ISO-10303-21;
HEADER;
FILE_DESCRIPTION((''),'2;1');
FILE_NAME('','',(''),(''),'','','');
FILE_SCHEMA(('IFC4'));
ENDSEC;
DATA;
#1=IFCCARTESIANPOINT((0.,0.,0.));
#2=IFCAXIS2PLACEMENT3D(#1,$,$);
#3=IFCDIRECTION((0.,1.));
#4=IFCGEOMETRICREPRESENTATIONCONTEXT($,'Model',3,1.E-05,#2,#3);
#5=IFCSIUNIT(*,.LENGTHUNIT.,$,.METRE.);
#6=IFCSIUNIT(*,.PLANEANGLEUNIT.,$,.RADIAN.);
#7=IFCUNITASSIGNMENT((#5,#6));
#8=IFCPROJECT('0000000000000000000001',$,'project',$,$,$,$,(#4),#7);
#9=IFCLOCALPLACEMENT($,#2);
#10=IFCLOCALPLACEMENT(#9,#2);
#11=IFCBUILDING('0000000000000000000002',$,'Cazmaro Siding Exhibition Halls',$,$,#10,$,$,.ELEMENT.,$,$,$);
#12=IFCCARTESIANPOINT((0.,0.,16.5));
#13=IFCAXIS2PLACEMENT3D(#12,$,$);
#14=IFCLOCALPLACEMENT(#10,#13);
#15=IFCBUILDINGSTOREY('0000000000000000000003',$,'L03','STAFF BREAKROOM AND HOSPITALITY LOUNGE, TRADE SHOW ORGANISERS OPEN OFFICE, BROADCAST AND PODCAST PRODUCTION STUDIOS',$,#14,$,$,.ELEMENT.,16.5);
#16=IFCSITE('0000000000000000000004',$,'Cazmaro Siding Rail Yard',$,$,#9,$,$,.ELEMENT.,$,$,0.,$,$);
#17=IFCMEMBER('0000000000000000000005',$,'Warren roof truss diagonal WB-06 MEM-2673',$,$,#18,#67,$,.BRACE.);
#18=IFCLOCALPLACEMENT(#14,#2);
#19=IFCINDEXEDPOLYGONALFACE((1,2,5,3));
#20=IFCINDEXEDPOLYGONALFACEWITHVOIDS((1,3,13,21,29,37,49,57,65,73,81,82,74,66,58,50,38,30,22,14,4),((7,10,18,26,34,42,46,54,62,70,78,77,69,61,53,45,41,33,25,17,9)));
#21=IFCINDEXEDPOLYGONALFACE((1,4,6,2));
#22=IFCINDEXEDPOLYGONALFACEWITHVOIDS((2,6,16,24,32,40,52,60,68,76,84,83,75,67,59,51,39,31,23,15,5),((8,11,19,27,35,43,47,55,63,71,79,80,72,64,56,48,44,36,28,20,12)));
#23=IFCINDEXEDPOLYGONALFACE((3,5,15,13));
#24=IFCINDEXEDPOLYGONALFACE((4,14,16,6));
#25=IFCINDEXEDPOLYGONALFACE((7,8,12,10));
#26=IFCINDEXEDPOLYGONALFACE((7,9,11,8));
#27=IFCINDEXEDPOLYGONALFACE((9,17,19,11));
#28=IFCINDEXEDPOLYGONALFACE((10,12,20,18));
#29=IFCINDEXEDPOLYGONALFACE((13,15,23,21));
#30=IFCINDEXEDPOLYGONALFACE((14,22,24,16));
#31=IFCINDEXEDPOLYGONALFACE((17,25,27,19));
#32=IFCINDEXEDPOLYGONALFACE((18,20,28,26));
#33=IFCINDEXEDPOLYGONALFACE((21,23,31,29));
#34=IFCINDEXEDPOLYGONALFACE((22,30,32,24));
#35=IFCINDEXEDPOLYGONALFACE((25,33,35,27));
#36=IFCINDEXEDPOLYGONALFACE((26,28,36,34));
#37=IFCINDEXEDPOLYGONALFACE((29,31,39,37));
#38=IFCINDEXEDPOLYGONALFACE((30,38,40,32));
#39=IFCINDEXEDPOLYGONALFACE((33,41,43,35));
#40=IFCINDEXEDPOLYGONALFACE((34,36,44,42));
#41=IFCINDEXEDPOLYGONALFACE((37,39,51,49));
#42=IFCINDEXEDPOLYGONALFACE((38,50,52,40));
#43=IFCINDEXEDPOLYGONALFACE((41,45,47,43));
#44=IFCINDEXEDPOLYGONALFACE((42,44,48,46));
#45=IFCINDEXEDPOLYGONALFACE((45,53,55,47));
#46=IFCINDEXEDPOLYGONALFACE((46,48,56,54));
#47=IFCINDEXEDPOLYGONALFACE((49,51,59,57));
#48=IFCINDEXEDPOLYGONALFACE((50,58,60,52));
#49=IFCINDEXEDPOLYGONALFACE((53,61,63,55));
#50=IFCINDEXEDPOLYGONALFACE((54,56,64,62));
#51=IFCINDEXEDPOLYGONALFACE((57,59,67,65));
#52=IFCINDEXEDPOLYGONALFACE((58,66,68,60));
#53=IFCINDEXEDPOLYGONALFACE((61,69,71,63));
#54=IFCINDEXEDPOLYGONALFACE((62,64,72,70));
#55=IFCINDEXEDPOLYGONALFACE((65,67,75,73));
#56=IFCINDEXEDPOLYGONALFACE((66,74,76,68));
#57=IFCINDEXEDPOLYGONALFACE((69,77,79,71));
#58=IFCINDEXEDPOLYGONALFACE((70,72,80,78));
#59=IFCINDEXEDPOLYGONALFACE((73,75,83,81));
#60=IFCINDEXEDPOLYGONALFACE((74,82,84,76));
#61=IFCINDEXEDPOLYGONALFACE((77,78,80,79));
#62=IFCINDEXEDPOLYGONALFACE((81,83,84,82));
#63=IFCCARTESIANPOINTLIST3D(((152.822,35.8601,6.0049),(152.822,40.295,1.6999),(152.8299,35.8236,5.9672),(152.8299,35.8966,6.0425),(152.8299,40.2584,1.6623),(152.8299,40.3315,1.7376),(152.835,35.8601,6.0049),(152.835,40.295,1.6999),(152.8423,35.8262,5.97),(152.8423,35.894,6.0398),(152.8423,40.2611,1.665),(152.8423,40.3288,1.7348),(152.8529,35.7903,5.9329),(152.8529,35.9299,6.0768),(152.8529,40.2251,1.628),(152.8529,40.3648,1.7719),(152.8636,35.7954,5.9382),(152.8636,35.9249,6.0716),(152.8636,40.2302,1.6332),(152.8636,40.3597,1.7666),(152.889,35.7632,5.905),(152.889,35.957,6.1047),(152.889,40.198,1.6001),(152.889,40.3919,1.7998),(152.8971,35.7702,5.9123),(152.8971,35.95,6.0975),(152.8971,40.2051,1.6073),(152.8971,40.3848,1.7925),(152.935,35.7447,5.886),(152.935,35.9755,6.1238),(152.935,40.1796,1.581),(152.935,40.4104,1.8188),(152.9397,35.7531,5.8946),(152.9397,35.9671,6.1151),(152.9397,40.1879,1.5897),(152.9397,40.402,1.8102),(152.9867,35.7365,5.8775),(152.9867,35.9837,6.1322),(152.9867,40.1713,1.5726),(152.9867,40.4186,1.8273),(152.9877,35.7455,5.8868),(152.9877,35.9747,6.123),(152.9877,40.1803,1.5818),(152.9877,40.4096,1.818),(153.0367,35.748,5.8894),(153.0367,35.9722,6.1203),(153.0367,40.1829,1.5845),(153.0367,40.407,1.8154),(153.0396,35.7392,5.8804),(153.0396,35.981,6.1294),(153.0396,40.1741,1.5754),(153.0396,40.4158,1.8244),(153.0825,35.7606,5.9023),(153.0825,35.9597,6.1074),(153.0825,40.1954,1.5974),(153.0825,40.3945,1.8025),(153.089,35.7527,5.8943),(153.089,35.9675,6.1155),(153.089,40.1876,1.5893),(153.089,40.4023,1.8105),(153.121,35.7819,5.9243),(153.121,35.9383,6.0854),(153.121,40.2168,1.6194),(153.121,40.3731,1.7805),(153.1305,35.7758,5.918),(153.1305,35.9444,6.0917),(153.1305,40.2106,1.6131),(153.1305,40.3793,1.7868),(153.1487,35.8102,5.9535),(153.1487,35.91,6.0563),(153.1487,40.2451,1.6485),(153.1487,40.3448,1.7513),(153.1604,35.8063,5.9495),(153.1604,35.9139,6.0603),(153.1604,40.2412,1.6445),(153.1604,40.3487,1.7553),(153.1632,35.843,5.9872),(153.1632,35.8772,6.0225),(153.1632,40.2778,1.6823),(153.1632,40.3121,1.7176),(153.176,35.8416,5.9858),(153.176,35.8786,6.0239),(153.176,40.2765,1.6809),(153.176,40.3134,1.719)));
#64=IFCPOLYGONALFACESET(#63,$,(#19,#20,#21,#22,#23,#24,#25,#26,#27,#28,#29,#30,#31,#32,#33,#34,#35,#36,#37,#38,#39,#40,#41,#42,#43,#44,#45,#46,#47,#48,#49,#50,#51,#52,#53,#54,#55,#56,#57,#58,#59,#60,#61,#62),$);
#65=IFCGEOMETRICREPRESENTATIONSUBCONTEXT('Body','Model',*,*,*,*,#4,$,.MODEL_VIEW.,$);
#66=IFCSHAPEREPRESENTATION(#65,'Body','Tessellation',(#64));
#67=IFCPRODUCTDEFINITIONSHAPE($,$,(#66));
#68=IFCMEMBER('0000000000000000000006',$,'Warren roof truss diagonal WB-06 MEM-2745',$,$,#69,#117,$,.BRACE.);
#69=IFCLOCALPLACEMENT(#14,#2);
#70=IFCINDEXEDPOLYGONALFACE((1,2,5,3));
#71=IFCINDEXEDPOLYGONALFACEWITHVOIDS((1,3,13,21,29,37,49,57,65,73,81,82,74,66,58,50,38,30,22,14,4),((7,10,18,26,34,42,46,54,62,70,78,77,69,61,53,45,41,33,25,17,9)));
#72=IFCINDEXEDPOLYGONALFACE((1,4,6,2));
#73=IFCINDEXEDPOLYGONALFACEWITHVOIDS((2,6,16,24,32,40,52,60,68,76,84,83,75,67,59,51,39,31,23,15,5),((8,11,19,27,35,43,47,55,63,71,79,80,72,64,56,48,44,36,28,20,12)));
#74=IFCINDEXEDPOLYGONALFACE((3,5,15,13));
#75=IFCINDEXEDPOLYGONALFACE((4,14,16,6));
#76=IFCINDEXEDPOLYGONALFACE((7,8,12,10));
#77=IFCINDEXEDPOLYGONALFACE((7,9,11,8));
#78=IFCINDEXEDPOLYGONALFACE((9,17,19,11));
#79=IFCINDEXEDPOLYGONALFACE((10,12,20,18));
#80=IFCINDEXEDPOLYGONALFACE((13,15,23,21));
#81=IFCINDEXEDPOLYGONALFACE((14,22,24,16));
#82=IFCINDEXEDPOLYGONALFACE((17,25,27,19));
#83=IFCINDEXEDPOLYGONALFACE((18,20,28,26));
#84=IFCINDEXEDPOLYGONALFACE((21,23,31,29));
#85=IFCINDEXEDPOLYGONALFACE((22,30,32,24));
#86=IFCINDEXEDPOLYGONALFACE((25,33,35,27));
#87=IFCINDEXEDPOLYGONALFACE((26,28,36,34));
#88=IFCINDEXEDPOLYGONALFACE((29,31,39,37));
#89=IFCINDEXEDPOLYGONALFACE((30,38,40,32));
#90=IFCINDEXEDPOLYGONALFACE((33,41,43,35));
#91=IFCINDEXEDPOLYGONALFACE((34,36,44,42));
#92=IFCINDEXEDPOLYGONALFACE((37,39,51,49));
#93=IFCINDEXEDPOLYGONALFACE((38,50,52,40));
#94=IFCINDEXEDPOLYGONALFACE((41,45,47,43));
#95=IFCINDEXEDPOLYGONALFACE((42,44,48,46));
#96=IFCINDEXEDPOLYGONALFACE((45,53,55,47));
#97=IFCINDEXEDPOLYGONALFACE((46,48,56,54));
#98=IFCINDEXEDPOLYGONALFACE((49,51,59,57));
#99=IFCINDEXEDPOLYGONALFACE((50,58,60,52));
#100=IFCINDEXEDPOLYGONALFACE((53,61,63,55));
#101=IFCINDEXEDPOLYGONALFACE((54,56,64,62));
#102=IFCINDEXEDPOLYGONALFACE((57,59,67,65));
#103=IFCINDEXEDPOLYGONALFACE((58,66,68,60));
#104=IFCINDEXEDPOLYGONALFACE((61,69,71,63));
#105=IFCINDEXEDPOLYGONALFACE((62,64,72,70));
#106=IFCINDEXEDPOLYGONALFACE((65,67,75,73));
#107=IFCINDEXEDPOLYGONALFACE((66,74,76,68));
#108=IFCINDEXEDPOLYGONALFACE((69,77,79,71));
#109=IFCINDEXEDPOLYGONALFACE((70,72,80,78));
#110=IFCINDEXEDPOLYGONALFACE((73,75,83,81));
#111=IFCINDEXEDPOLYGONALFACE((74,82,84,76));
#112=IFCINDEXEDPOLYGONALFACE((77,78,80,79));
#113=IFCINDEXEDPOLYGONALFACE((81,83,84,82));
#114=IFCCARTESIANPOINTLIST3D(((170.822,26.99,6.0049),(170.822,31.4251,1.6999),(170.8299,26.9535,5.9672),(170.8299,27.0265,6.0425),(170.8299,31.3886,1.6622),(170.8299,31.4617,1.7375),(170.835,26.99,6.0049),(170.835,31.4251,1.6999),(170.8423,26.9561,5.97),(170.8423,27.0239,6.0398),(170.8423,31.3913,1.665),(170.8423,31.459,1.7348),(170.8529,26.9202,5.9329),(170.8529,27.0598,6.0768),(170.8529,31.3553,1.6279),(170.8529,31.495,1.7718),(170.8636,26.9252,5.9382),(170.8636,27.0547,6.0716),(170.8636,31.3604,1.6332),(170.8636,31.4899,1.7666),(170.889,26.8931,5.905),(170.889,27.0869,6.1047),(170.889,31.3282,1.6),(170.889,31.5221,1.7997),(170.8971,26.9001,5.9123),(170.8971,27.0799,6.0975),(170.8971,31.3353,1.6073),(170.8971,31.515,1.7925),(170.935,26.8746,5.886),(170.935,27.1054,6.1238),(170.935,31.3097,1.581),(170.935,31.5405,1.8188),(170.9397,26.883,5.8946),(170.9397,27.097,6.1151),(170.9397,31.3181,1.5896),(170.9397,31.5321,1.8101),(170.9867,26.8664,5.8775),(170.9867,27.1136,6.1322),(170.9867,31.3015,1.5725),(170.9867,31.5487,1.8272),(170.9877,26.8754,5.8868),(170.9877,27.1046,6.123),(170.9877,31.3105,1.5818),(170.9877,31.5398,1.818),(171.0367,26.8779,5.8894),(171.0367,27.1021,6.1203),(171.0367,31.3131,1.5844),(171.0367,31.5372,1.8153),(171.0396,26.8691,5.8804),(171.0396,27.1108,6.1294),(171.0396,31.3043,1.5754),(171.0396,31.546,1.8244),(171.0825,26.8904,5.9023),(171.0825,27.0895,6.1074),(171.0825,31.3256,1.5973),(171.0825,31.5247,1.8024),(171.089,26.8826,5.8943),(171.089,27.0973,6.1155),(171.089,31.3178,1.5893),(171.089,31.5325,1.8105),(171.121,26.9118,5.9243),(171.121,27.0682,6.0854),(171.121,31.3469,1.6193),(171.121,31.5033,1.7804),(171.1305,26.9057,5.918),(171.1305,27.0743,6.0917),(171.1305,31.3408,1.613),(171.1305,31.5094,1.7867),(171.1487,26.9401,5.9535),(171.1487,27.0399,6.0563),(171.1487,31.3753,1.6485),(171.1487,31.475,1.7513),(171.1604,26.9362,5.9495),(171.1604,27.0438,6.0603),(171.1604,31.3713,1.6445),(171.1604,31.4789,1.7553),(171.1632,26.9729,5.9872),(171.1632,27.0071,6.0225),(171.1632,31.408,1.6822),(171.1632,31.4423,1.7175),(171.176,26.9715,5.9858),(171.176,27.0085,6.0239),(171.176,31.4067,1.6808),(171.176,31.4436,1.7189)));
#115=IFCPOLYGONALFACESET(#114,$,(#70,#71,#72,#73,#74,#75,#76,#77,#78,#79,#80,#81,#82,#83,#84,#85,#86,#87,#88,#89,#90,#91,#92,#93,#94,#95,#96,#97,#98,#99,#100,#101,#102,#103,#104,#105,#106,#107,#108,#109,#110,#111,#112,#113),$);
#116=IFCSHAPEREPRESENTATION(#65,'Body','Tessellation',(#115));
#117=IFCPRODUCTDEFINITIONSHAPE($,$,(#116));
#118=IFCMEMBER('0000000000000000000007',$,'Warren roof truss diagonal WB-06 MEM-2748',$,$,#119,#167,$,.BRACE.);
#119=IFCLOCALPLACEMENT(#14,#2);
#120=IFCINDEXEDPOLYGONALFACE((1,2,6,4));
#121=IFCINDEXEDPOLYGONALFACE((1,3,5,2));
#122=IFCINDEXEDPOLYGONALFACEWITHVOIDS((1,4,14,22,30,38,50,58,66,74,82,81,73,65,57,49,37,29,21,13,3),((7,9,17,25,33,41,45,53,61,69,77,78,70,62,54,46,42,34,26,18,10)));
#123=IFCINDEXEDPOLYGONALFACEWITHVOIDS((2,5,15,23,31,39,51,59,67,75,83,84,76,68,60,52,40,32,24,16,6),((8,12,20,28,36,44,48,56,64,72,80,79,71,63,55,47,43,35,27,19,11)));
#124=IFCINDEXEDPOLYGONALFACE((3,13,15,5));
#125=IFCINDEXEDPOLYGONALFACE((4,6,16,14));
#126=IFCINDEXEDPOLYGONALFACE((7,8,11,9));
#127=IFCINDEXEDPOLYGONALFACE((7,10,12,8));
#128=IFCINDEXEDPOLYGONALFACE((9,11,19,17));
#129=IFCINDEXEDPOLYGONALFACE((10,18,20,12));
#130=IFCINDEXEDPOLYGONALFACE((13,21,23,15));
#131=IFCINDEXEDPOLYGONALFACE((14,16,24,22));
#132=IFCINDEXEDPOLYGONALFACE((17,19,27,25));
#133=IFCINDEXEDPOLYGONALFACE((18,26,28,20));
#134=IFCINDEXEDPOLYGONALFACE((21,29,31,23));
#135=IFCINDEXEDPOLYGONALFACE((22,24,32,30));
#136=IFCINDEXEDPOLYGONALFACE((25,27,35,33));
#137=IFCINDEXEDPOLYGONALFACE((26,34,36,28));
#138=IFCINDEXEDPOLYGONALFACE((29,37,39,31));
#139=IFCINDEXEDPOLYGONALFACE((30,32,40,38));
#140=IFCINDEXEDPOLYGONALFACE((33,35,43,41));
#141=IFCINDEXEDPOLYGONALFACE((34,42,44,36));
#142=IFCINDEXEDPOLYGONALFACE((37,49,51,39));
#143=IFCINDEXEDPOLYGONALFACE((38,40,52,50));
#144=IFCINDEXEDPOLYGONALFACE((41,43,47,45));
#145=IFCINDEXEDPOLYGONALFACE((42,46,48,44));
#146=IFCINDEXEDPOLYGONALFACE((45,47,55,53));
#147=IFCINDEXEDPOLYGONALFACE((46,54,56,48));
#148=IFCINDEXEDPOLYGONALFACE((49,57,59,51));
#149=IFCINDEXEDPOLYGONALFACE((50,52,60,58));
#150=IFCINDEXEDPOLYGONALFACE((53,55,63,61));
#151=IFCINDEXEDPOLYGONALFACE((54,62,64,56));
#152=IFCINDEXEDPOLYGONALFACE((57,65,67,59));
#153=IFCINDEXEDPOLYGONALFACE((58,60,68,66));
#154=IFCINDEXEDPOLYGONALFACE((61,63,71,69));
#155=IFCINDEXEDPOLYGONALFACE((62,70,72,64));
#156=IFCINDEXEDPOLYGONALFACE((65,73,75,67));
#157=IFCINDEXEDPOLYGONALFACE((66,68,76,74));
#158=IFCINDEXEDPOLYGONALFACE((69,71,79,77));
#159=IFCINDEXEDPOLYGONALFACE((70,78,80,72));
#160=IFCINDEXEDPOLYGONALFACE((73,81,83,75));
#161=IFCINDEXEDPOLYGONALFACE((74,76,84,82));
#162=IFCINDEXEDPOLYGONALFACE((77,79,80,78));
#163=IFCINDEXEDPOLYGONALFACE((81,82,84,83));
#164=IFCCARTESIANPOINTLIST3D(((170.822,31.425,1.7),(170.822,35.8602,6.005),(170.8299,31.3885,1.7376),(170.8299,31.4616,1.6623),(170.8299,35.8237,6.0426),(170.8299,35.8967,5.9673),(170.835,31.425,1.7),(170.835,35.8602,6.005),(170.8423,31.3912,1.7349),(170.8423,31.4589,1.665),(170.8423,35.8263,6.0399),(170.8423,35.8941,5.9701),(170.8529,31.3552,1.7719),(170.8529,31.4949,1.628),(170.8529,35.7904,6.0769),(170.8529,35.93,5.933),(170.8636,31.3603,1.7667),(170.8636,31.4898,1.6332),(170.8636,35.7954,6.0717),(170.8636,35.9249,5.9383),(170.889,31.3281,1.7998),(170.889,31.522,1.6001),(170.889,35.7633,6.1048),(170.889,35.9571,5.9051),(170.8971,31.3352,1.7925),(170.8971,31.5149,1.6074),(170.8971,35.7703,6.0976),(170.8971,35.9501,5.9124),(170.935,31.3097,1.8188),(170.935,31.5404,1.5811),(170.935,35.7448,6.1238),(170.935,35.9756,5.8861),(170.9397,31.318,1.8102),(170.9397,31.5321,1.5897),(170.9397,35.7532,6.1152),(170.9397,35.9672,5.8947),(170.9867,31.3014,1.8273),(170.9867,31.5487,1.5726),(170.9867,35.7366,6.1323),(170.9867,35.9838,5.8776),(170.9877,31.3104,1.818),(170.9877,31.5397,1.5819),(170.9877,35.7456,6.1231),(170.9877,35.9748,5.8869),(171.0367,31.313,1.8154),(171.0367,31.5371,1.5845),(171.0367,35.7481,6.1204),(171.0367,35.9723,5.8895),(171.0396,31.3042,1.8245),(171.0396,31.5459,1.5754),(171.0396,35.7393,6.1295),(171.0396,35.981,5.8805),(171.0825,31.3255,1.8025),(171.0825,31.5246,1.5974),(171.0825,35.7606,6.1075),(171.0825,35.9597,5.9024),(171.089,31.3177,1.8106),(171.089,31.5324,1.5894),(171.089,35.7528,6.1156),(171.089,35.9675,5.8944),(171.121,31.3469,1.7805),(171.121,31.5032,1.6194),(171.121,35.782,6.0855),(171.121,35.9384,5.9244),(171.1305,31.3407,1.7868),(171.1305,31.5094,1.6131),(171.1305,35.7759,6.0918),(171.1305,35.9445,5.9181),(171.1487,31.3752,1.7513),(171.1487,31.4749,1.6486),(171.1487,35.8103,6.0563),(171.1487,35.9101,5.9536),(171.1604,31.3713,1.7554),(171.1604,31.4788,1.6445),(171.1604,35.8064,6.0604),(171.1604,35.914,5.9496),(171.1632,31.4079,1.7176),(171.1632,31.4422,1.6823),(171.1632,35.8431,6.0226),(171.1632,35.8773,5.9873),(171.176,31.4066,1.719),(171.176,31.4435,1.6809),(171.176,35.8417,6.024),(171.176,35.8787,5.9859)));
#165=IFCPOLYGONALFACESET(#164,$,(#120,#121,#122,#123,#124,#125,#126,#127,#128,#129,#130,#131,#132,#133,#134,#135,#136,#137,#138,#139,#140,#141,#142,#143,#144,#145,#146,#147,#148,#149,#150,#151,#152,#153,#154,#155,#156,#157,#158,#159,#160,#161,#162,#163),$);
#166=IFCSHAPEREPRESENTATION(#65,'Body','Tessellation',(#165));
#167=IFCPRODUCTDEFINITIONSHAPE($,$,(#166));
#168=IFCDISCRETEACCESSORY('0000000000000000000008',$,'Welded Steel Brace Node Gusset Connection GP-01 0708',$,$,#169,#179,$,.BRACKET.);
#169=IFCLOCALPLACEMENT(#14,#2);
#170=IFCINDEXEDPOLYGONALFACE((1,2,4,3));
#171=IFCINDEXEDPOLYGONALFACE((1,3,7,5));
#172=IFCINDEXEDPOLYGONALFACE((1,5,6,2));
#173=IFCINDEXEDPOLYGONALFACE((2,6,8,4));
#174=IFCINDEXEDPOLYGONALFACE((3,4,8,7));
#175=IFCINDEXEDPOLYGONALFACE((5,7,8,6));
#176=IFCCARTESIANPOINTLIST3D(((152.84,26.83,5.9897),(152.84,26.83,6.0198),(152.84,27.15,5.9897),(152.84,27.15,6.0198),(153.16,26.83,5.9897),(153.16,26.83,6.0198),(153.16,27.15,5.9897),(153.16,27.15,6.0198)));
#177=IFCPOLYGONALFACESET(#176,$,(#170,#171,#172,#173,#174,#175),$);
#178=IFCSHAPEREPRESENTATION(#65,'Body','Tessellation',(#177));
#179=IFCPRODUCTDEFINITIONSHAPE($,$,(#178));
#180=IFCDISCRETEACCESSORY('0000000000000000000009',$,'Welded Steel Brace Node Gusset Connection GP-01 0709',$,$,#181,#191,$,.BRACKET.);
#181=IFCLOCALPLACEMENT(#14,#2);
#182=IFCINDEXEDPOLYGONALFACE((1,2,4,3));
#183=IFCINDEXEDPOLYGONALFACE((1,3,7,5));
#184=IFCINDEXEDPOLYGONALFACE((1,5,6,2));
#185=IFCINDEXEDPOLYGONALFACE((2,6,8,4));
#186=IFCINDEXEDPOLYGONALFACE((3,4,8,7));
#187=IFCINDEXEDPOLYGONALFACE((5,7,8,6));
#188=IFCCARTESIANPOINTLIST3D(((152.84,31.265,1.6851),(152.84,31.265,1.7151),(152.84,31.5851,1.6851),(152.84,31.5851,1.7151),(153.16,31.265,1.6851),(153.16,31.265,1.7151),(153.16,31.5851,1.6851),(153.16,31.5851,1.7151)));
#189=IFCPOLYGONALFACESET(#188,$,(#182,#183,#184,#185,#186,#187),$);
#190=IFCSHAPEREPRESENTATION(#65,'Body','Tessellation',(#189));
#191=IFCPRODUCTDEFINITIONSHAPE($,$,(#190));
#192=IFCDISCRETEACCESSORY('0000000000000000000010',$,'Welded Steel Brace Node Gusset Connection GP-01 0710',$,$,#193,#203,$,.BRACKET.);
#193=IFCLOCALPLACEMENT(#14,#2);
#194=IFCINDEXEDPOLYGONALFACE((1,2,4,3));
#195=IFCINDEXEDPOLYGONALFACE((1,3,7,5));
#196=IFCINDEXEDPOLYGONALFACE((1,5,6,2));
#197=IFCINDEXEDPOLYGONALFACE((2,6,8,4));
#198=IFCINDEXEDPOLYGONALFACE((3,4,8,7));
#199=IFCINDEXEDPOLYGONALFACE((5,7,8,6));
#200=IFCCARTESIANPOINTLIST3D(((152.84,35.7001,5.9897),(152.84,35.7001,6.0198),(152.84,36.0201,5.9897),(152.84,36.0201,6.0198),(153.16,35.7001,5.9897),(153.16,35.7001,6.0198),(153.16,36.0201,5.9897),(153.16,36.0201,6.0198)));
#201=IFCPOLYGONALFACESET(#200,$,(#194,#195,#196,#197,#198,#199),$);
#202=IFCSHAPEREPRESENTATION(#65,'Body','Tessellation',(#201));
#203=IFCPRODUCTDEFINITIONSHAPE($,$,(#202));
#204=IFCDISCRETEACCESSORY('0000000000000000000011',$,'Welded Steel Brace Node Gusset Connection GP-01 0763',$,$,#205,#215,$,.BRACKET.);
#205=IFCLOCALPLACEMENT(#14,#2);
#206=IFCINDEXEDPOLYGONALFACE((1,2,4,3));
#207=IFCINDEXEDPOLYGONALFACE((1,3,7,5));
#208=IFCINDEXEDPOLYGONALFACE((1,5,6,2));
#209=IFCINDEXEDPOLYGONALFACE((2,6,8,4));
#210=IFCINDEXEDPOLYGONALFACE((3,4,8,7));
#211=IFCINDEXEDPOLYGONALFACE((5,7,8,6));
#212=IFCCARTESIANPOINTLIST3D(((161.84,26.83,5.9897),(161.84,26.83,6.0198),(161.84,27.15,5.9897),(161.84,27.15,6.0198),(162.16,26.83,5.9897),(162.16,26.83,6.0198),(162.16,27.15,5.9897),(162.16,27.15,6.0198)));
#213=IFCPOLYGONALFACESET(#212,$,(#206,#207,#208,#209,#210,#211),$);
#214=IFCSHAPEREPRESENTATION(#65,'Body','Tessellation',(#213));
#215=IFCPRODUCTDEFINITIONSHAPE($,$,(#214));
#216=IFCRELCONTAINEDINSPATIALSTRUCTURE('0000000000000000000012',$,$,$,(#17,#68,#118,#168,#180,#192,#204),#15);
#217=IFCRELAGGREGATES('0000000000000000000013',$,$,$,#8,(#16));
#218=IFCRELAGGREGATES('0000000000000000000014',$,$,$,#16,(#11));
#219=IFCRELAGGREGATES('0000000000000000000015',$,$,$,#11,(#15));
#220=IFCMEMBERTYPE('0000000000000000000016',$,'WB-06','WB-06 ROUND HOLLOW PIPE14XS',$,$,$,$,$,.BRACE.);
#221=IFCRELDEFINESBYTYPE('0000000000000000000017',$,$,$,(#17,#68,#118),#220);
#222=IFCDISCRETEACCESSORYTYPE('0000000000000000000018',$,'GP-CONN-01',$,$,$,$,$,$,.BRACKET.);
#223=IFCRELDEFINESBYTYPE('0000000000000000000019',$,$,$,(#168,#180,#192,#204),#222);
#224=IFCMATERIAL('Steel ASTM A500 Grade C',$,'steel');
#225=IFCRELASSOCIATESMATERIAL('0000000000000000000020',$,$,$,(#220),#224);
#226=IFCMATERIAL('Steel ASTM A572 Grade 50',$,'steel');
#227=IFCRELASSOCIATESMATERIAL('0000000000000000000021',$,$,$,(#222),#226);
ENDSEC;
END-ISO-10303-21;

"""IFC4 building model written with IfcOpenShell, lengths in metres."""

from ifc_helpers import new_model, si_unit, direction, frame, origin, origin_2d, place, context, subcontext, project, spatial, rectangle, hollow_circle, extrude, material, material_profile, profile_set, type_object, element, save


model = new_model("IFC4")

# Units and contexts
model_context = context("Model", 3, precision=1e-05, world=origin(), true_north=direction((0.0, 1.0)))
body_context = subcontext(model_context, "Body", "Model", "MODEL_VIEW")
ifc_project = project(units=[si_unit("LENGTHUNIT", "METRE"), si_unit("PLANEANGLEUNIT", "RADIAN")], contexts=[model_context])

# Site, building, storey
site_placement = place(None, origin())
site = spatial("IfcSite", under=ifc_project, at=site_placement, Name="Cazmaro Siding Rail Yard", CompositionType="ELEMENT", RefElevation=0.0)
building_placement = place(site_placement, origin())
building = spatial("IfcBuilding", under=site, at=building_placement, Name="Cazmaro Siding Exhibition Halls", CompositionType="ELEMENT")
storey_placement = place(building_placement, frame((0.0, 0.0, 16.5)))
storey = spatial("IfcBuildingStorey", under=building, at=storey_placement, Name="L03", Description="STAFF BREAKROOM AND HOSPITALITY LOUNGE, TRADE SHOW ORGANISERS OPEN OFFICE, BROADCAST AND PODCAST PRODUCTION STUDIOS", CompositionType="ELEMENT", Elevation=16.5)

# Members
ifc_material_1 = material(Name="Steel ASTM A500 Grade C", Category="steel")
ifc_material_profile_1 = material_profile(ifc_material_1, hollow_circle(Radius=0.178, WallThickness=0.0129, at=origin_2d()), Name="PIPE14XS")
ifc_profile_set_1 = profile_set([ifc_material_profile_1], Name="Steel ASTM A500 Grade C")
member_type_1 = type_object("IfcMemberType", Name="WB-06", Description="WB-06 ROUND HOLLOW PIPE14XS", PredefinedType="BRACE", material=ifc_profile_set_1)
member_1_placement = place(storey_placement, frame((153.0, 35.8601, 6.0049), z_axis=(0.0, 0.717536, -0.696521), x_axis=(-1.0, 0.0, 0.0)))
element("IfcMember", 1, at=member_1_placement, inside=storey, type_object=member_type_1, Name="Warren roof truss diagonal WB-06 MEM-2673", PredefinedType="BRACE", context=body_context, shape_type="SweptSolid", body=[
    extrude(hollow_circle(Radius=0.178, WallThickness=0.0129, at=origin_2d()), origin(), (0.0, 0.0, 1.0), 6.1807),
])
for number, where, z_axis, x_axis, name in (
    (2, (171.0, 26.99, 6.0049), (0.0, 0.717555, -0.696502), (-1.0, 0.0, 0.0), "Warren roof truss diagonal WB-06 MEM-2745"),
    (3, (171.0, 31.425, 1.7), (0.0, 0.717555, 0.696502), (-1.0, 0.0, 0.0), "Warren roof truss diagonal WB-06 MEM-2748"),
):
    element("IfcMember", number, at=place(storey_placement, frame(where, z_axis=z_axis, x_axis=x_axis)), inside=storey, type_object=member_type_1, Name=name, PredefinedType="BRACE", context=body_context, shape_type="SweptSolid", body=[
        extrude(hollow_circle(Radius=0.178, WallThickness=0.0129, at=origin_2d()), origin(), (0.0, 0.0, 1.0), 6.1809),
    ])

# Discrete accessories
ifc_material_2 = material(Name="Steel ASTM A572 Grade 50", Category="steel")
discrete_accessory_type = type_object("IfcDiscreteAccessoryType", Name="GP-CONN-01", PredefinedType="BRACKET", material=ifc_material_2)
for number, where, z_axis, x_axis, name in (
    (4, (153.0, 26.99, 5.9897), (0.0, 0.0, 1.0), (1.0, 0.0, 0.0), "Welded Steel Brace Node Gusset Connection GP-01 0708"),
    (5, (153.0, 31.425, 1.6851), (0.0, 0.0, 1.0), (1.0, 0.0, 0.0), "Welded Steel Brace Node Gusset Connection GP-01 0709"),
    (6, (153.0, 35.8601, 5.9897), (0.0, 0.0, 1.0), (1.0, 0.0, 0.0), "Welded Steel Brace Node Gusset Connection GP-01 0710"),
    (7, (162.0, 26.99, 5.9897), (0.0, 0.0, 1.0), (1.0, 0.0, 0.0), "Welded Steel Brace Node Gusset Connection GP-01 0763"),
):
    element("IfcDiscreteAccessory", number, at=place(storey_placement, frame(where, z_axis=z_axis, x_axis=x_axis)), inside=storey, type_object=discrete_accessory_type, Name=name, PredefinedType="BRACKET", context=body_context, shape_type="SweptSolid", body=[
        extrude(rectangle(XDim=0.3201, YDim=0.3201, at=origin_2d()), origin(), (0.0, 0.0, 1.0), 0.03),
    ])

save(model, "model.ifc")
